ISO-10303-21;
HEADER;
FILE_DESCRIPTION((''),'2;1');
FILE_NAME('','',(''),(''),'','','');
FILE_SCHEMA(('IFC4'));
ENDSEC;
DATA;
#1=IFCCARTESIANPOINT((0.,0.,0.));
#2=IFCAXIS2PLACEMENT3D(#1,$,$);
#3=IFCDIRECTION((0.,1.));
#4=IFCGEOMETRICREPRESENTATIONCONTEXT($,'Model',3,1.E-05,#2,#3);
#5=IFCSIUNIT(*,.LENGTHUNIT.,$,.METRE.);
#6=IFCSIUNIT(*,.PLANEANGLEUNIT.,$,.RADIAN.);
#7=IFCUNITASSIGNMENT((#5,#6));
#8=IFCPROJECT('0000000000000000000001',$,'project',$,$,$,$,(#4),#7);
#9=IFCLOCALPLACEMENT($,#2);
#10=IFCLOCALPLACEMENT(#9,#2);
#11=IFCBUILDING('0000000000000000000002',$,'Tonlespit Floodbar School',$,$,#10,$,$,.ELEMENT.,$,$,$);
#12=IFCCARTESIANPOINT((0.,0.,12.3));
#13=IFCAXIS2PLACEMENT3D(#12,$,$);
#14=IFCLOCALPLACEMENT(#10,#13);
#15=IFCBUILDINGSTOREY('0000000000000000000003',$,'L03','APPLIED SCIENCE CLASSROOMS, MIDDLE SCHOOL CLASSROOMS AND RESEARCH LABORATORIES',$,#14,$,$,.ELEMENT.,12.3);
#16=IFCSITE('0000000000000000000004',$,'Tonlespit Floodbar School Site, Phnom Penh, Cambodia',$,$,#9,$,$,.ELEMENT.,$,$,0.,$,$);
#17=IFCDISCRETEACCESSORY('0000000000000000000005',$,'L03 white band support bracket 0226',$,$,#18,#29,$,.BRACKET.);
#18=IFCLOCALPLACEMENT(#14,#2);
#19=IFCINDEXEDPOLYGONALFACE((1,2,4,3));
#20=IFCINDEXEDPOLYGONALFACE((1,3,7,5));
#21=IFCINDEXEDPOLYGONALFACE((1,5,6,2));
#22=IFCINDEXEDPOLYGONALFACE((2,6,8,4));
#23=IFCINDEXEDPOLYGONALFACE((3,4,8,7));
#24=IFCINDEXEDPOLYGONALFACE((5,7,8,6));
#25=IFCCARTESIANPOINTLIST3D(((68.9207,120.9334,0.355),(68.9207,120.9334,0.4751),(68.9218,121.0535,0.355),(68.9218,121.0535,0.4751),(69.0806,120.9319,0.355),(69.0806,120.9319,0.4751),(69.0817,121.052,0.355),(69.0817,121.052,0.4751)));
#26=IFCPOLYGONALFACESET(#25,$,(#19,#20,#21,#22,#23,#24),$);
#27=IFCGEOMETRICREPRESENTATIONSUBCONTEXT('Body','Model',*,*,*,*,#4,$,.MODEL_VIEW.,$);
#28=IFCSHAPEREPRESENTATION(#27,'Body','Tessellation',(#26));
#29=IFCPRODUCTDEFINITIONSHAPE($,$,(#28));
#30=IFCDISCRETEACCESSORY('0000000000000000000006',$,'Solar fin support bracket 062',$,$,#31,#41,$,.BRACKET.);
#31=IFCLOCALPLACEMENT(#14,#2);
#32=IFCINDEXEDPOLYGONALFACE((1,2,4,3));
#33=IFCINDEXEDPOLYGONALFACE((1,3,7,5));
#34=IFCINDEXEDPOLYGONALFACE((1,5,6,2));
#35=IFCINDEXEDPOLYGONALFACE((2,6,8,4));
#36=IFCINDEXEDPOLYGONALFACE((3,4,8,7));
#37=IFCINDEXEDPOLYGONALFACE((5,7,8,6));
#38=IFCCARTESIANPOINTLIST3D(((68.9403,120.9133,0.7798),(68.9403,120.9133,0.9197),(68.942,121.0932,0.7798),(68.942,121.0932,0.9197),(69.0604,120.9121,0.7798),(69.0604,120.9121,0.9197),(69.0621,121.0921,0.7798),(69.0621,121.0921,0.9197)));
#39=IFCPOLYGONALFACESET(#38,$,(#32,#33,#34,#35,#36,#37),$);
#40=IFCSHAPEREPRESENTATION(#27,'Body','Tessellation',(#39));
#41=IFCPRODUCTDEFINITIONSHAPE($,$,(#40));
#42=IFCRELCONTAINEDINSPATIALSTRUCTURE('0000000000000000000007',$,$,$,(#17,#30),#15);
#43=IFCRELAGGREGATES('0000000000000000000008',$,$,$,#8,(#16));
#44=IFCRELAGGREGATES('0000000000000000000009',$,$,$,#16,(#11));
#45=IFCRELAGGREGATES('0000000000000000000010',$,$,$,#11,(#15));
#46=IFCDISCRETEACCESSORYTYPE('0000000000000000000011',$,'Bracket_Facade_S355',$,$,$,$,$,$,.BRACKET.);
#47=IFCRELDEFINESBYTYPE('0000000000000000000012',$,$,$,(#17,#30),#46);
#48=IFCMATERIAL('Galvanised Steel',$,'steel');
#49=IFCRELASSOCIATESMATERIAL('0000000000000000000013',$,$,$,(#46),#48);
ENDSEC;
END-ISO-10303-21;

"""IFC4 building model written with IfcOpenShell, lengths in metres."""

from ifc_helpers import new_model, si_unit, direction, frame, origin, origin_2d, place, context, subcontext, project, spatial, rectangle, extrude, material, type_object, element, save


model = new_model("IFC4")

# Units and contexts
model_context = context("Model", 3, precision=1e-05, world=origin(), true_north=direction((0.0, 1.0)))
body_context = subcontext(model_context, "Body", "Model", "MODEL_VIEW")
ifc_project = project(units=[si_unit("LENGTHUNIT", "METRE"), si_unit("PLANEANGLEUNIT", "RADIAN")], contexts=[model_context])

# Site, building, storey
site_placement = place(None, origin())
site = spatial("IfcSite", under=ifc_project, at=site_placement, Name="Tonlespit Floodbar School Site, Phnom Penh, Cambodia", CompositionType="ELEMENT", RefElevation=0.0)
building_placement = place(site_placement, origin())
building = spatial("IfcBuilding", under=site, at=building_placement, Name="Tonlespit Floodbar School", CompositionType="ELEMENT")
storey_placement = place(building_placement, frame((0.0, 0.0, 12.3)))
storey = spatial("IfcBuildingStorey", under=building, at=storey_placement, Name="L03", Description="APPLIED SCIENCE CLASSROOMS, MIDDLE SCHOOL CLASSROOMS AND RESEARCH LABORATORIES", CompositionType="ELEMENT", Elevation=12.3)

# Discrete accessories
ifc_material_1 = material(Name="Galvanised Steel", Category="steel")
discrete_accessory_type = type_object("IfcDiscreteAccessoryType", Name="Bracket_Facade_S355", PredefinedType="BRACKET", material=ifc_material_1)
for number, where, z_axis, x_axis, name in (
    (1, (69.0012, 120.9927, 0.355), (0.0, 0.0, 1.0), (0.999954, -0.009599, 0.0), "L03 white band support bracket 0226"),
):
    element("IfcDiscreteAccessory", number, at=place(storey_placement, frame(where, z_axis=z_axis, x_axis=x_axis)), inside=storey, type_object=discrete_accessory_type, Name=name, PredefinedType="BRACKET", context=body_context, shape_type="SweptSolid", body=[
        extrude(rectangle(XDim=0.1599, YDim=0.1201, at=origin_2d()), origin(), (0.0, 0.0, 1.0), 0.1201),
    ])
discrete_accessory_1_placement = place(storey_placement, frame((69.0012, 121.0027, 0.7798), z_axis=(0.0, 0.0, 1.0), x_axis=(0.999954, -0.009599, 0.0)))
element("IfcDiscreteAccessory", 2, at=discrete_accessory_1_placement, inside=storey, type_object=discrete_accessory_type, Name="Solar fin support bracket 062", PredefinedType="BRACKET", context=body_context, shape_type="SweptSolid", body=[
    extrude(rectangle(XDim=0.1201, YDim=0.1799, at=origin_2d()), origin(), (0.0, 0.0, 1.0), 0.1399),
])

save(model, "model.ifc")
